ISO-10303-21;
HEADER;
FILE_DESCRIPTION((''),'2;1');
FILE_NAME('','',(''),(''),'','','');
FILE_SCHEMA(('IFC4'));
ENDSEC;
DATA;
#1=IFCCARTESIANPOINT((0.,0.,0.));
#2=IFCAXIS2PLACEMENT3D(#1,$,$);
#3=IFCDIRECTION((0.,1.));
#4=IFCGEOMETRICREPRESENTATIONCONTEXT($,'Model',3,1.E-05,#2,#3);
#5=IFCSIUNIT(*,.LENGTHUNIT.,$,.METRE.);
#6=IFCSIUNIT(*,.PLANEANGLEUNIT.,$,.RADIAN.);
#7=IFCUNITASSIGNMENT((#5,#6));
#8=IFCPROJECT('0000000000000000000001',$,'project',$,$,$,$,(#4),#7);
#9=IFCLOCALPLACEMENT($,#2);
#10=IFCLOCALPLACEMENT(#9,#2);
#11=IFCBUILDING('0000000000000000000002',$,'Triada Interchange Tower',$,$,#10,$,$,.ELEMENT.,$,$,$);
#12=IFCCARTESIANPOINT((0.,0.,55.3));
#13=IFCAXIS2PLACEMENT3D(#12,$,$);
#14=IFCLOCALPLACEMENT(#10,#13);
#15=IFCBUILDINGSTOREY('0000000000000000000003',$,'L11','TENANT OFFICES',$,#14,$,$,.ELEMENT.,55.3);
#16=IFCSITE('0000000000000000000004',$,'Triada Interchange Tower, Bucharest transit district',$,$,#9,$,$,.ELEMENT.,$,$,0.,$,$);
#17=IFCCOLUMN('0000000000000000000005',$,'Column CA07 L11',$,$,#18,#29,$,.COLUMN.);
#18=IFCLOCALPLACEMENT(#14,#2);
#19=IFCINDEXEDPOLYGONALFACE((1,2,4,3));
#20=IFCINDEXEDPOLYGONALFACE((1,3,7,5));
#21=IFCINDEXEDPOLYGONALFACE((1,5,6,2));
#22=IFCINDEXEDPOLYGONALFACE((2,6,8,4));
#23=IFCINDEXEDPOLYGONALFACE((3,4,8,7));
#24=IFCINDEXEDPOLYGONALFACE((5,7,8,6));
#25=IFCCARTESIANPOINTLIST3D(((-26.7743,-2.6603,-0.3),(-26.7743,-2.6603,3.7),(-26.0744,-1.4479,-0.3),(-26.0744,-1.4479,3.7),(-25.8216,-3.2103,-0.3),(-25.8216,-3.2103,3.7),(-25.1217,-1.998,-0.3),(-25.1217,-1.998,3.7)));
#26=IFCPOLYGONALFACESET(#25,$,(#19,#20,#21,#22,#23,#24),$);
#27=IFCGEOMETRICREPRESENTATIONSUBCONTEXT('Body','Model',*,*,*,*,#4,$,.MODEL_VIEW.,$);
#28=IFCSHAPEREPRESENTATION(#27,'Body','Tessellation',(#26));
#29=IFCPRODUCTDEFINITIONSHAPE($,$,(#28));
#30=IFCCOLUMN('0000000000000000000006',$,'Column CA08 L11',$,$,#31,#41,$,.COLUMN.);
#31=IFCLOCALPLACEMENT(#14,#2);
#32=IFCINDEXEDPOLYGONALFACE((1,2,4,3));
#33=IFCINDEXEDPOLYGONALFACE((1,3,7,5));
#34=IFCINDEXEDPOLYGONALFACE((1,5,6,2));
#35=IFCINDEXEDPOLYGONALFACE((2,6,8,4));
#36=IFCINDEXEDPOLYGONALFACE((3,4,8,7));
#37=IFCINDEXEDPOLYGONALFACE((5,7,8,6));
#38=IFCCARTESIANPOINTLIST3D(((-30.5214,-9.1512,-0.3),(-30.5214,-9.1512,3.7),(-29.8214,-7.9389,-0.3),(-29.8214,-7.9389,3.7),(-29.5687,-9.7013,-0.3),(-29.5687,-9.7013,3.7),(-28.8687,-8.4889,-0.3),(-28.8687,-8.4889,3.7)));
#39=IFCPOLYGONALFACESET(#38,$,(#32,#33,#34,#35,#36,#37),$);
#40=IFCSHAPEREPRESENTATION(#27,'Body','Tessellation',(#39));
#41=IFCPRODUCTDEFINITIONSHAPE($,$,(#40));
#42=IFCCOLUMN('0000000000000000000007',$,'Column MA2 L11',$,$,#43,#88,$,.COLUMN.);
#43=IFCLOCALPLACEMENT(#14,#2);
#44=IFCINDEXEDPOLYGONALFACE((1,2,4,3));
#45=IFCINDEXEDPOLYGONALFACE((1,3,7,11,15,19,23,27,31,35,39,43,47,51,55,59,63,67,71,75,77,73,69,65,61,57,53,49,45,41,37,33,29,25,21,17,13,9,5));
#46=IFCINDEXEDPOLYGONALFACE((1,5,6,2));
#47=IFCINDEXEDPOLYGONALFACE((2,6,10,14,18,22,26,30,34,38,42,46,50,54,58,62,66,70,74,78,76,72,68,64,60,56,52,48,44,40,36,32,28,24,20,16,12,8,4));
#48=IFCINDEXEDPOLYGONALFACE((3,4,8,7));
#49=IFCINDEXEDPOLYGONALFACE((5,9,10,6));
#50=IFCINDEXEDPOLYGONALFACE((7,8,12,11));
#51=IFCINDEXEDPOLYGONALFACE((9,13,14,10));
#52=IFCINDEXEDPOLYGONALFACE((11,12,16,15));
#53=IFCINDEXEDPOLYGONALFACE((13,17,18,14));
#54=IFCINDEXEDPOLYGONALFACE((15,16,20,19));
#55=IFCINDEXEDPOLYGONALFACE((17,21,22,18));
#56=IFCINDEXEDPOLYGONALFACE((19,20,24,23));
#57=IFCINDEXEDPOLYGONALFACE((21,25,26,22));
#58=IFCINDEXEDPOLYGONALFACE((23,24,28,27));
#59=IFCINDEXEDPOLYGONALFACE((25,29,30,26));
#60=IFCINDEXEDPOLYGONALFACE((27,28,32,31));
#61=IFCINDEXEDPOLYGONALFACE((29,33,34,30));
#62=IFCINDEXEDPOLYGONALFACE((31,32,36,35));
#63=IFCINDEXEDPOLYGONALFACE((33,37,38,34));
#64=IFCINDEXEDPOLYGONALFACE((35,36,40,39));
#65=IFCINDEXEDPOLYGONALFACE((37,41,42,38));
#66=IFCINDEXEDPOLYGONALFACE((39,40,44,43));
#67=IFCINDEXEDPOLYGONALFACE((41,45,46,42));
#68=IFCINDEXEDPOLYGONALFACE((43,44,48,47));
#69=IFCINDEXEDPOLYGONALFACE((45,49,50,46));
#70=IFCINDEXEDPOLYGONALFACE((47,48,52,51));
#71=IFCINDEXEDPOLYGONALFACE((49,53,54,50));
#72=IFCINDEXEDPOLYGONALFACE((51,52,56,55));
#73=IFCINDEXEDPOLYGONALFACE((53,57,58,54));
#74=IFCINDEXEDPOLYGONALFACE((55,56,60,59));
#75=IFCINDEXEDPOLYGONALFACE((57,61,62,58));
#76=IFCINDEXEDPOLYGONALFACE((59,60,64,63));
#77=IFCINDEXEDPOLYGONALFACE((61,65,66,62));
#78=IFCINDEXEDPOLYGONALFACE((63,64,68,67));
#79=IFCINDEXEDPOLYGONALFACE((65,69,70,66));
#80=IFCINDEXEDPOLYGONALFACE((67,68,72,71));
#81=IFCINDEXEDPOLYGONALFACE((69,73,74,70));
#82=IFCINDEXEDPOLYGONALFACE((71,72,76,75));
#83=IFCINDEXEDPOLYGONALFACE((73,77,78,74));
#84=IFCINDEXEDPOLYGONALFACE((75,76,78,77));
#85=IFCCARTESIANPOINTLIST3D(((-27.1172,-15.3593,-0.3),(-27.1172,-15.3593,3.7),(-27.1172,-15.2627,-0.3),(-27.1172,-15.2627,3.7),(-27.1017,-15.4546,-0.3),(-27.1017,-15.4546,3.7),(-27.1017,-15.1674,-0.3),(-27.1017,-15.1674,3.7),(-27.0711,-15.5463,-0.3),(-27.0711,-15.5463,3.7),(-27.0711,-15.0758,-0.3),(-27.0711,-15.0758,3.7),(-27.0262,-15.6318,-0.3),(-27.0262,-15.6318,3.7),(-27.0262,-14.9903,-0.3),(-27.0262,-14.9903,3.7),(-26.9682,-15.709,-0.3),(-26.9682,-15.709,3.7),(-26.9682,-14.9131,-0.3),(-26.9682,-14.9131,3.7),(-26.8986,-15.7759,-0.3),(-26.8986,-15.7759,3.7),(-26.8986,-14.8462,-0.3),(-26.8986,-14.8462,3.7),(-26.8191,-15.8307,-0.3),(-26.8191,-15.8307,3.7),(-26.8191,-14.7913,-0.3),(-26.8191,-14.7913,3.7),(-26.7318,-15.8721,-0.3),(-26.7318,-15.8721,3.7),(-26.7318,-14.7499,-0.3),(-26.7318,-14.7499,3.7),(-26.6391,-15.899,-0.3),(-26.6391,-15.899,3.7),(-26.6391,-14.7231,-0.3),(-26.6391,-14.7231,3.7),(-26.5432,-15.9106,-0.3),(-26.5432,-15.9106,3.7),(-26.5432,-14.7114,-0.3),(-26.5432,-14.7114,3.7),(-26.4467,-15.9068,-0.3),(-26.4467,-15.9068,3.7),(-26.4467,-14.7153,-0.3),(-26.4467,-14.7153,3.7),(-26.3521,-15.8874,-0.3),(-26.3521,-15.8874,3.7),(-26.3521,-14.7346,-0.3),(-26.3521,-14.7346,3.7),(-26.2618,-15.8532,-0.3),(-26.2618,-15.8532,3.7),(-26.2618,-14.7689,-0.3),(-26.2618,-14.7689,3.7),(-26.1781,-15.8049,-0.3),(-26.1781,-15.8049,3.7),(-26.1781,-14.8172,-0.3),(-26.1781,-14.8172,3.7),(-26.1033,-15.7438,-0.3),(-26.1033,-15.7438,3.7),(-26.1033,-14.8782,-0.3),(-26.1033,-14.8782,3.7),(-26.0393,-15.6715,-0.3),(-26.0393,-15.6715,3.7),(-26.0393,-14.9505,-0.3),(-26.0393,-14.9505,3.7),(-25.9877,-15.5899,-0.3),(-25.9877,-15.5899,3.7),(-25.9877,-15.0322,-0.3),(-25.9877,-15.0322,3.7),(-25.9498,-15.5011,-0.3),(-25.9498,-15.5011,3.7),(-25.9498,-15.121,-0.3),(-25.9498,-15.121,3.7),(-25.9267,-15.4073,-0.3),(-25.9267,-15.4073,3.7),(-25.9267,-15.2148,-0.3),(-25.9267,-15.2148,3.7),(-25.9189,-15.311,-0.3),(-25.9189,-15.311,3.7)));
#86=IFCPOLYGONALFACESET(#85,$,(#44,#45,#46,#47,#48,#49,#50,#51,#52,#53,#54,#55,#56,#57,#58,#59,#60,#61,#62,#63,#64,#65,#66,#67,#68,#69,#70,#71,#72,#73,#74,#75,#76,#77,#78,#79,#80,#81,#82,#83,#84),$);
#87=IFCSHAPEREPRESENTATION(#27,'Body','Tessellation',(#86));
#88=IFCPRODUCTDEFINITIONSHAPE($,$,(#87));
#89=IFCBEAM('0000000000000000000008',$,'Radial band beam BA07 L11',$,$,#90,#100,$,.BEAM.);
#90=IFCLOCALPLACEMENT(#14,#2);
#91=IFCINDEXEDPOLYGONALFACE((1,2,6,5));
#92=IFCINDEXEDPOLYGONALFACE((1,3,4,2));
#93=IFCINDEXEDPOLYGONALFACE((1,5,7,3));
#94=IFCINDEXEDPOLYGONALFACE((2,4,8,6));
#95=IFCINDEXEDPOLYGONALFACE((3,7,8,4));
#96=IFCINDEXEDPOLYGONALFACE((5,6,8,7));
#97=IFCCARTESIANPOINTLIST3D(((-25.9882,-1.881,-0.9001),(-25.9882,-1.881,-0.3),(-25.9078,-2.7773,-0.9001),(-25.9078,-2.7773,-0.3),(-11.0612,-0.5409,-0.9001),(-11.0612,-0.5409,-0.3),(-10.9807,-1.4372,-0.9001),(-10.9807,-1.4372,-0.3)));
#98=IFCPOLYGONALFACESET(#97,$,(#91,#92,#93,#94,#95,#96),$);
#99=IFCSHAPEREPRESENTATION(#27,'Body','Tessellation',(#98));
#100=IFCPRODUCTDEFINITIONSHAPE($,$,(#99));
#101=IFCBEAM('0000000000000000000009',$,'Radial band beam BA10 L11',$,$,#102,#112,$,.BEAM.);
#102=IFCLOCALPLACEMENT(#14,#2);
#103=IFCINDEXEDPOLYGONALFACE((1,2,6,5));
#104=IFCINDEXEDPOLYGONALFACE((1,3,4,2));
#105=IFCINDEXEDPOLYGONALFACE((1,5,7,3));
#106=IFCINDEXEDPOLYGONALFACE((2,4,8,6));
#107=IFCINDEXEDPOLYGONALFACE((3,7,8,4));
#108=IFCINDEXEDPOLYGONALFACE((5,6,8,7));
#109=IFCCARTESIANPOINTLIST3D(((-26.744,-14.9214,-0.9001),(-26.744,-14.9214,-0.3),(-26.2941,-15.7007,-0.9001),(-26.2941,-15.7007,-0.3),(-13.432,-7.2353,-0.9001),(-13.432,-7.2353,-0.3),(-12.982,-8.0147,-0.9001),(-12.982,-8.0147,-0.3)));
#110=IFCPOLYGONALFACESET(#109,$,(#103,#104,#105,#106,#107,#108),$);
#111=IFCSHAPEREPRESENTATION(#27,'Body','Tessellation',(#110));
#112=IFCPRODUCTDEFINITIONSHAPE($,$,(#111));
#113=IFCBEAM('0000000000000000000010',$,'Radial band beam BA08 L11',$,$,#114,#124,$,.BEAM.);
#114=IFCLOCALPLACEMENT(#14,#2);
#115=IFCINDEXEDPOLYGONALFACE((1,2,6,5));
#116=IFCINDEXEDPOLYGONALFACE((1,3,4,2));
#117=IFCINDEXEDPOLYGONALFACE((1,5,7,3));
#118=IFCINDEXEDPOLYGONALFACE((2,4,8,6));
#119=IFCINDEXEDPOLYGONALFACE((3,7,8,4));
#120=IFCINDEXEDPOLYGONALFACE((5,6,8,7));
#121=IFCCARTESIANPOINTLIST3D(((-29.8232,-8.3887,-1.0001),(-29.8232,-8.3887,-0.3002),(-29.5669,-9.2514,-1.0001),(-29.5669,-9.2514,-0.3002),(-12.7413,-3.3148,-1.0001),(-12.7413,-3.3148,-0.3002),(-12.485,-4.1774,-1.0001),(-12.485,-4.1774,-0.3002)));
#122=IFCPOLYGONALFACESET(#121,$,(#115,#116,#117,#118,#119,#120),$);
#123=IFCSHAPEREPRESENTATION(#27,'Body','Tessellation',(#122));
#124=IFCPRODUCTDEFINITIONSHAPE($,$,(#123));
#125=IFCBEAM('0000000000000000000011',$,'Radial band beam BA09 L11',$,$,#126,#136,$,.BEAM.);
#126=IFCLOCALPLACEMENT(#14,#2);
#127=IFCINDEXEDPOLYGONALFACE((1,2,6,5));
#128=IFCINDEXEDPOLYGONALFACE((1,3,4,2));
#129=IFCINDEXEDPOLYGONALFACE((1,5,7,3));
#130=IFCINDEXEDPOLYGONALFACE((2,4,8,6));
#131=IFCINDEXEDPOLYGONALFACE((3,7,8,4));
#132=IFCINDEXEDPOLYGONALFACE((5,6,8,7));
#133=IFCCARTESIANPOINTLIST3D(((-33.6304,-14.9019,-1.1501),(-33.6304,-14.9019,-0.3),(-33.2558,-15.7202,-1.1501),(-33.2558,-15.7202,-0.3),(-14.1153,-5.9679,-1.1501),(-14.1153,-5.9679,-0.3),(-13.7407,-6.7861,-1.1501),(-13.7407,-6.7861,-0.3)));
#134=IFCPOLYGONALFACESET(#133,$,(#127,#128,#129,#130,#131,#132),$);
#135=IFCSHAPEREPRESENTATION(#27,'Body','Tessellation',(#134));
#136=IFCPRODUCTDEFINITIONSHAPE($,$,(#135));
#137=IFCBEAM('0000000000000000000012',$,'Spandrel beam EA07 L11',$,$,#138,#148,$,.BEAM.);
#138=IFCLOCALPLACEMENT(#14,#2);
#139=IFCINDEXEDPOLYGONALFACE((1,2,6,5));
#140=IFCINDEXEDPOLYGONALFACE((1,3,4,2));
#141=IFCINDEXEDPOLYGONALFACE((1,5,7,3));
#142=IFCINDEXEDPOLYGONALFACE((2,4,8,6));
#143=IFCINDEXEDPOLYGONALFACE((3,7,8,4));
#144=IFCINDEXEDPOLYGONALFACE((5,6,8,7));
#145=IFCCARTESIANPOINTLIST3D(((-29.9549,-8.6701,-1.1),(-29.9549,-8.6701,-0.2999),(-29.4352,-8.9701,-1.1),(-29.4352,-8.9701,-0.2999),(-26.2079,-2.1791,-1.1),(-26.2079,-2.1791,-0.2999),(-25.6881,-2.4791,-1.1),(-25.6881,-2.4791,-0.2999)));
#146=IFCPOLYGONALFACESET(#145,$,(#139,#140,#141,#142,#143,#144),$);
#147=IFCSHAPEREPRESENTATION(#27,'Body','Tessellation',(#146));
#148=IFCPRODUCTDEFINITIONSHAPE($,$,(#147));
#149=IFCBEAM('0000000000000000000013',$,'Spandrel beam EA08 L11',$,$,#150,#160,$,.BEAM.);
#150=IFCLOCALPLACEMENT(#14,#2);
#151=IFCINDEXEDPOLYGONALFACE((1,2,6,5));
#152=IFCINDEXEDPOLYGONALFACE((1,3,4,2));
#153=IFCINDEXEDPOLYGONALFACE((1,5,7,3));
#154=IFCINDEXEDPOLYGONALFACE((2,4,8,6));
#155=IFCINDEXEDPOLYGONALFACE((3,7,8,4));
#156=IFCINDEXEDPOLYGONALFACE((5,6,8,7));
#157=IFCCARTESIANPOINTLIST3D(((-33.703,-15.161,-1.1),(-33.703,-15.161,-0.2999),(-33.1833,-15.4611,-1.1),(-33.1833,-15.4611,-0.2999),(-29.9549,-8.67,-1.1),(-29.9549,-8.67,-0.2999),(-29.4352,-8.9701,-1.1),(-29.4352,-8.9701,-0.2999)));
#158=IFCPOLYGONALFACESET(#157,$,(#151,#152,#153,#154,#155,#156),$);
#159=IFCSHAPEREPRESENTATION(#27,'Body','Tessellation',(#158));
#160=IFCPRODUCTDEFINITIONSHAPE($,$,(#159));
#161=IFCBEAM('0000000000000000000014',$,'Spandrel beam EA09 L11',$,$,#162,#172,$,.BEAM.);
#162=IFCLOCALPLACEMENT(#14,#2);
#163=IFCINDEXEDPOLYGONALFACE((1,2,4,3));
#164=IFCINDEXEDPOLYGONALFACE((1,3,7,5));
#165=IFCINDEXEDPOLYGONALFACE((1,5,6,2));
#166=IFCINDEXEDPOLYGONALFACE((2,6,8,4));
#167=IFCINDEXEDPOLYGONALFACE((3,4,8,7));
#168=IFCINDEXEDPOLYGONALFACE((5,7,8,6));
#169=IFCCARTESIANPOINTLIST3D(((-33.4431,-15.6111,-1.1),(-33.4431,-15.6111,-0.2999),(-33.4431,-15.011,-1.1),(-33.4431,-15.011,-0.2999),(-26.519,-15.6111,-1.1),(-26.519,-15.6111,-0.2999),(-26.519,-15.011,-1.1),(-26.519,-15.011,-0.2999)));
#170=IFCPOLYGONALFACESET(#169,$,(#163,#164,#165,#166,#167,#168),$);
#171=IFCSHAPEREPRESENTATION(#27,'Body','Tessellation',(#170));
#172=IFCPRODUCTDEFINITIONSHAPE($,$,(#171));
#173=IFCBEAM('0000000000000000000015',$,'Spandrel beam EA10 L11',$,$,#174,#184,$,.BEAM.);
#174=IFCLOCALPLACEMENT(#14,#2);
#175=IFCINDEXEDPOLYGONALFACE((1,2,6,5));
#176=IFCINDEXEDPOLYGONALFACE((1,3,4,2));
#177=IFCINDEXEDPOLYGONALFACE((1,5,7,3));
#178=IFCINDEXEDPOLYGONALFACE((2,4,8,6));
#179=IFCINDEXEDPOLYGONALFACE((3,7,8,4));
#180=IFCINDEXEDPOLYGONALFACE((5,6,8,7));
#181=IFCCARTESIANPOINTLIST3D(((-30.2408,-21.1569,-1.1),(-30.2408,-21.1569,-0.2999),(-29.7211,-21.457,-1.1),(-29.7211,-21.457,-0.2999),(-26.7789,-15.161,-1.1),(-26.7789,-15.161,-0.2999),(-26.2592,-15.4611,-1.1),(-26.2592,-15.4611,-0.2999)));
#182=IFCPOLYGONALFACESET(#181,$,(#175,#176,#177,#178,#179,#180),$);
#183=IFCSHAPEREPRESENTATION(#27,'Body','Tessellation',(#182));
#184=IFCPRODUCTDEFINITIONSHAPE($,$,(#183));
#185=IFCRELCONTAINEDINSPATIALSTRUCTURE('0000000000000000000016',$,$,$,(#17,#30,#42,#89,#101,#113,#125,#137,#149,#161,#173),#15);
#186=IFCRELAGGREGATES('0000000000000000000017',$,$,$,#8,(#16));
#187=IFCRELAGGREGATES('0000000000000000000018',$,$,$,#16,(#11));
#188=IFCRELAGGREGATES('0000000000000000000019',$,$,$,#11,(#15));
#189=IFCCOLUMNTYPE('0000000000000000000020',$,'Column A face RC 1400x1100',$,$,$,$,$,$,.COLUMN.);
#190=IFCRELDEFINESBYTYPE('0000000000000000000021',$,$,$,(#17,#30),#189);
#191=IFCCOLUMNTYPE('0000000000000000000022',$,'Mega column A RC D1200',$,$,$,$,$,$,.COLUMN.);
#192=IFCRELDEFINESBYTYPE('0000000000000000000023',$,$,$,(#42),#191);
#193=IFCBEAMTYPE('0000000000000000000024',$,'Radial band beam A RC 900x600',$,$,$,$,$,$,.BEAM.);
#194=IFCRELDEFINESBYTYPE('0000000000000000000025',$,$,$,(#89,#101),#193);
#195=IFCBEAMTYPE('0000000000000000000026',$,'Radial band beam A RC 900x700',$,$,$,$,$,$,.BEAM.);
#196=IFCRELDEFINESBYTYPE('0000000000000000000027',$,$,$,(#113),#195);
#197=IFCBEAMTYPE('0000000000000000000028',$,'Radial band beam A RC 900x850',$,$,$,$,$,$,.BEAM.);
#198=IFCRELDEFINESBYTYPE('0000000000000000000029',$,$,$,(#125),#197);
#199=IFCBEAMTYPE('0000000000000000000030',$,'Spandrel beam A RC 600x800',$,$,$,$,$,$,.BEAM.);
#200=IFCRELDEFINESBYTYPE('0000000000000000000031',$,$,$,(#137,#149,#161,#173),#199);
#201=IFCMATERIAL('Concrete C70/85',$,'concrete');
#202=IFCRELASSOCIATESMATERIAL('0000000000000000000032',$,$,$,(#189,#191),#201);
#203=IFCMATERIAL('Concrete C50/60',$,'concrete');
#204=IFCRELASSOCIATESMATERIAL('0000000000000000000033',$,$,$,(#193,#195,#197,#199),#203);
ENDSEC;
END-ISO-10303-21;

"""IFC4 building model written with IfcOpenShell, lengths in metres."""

from ifc_helpers import new_model, si_unit, direction, frame, origin, origin_2d, place, context, subcontext, project, spatial, rectangle, circle, extrude, material, material_profile, profile_set, type_object, element, save


model = new_model("IFC4")

# Units and contexts
model_context = context("Model", 3, precision=1e-05, world=origin(), true_north=direction((0.0, 1.0)))
body_context = subcontext(model_context, "Body", "Model", "MODEL_VIEW")
ifc_project = project(units=[si_unit("LENGTHUNIT", "METRE"), si_unit("PLANEANGLEUNIT", "RADIAN")], contexts=[model_context])

# Site, building, storey
site_placement = place(None, origin())
site = spatial("IfcSite", under=ifc_project, at=site_placement, Name="Triada Interchange Tower, Bucharest transit district", CompositionType="ELEMENT", RefElevation=0.0)
building_placement = place(site_placement, origin())
building = spatial("IfcBuilding", under=site, at=building_placement, Name="Triada Interchange Tower", CompositionType="ELEMENT")
storey_placement = place(building_placement, frame((0.0, 0.0, 55.3)))
storey = spatial("IfcBuildingStorey", under=building, at=storey_placement, Name="L11", Description="TENANT OFFICES", CompositionType="ELEMENT", Elevation=55.3)

# Columns
ifc_material_1 = material(Name="Concrete C70/85", Category="concrete")
ifc_material_profile_1 = material_profile(ifc_material_1, rectangle(XDim=1.3999, YDim=1.1001, at=origin_2d()), Name="RC 1400x1100")
ifc_profile_set_1 = profile_set([ifc_material_profile_1], Name="Concrete C70/85")
column_type_1 = type_object("IfcColumnType", Name="Column A face RC 1400x1100", PredefinedType="COLUMN", material=ifc_profile_set_1)
for number, where, z_axis, x_axis, name in (
    (1, (-25.948, -2.3291, -0.3), (0.0, 0.0, 1.0), (0.5, 0.866025, 0.0), "Column CA07 L11"),
    (2, (-29.6951, -8.8201, -0.3), (0.0, 0.0, 1.0), (0.5, 0.866025, 0.0), "Column CA08 L11"),
):
    element("IfcColumn", number, at=place(storey_placement, frame(where, z_axis=z_axis, x_axis=x_axis)), inside=storey, type_object=column_type_1, Name=name, PredefinedType="COLUMN", context=body_context, shape_type="SweptSolid", body=[
        extrude(rectangle(XDim=1.3999, YDim=1.1001, at=origin_2d()), origin(), (0.0, 0.0, 1.0), 4.0),
    ])
ifc_material_profile_2 = material_profile(ifc_material_1, circle(Radius=0.6001, at=origin_2d()), Name="RC D1200")
ifc_profile_set_2 = profile_set([ifc_material_profile_2], Name="Concrete C70/85")
column_type_2 = type_object("IfcColumnType", Name="Mega column A RC D1200", PredefinedType="COLUMN", material=ifc_profile_set_2)
column_placement = place(storey_placement, frame((-26.519, -15.311, -0.3), z_axis=(0.0, 0.0, 1.0), x_axis=(1.0, 0.0, 0.0)))
element("IfcColumn", 3, at=column_placement, inside=storey, type_object=column_type_2, Name="Column MA2 L11", PredefinedType="COLUMN", context=body_context, shape_type="SweptSolid", body=[
    extrude(circle(Radius=0.6001, at=origin_2d()), origin(), (0.0, 0.0, 1.0), 4.0),
])

# Beams
ifc_material_2 = material(Name="Concrete C50/60", Category="concrete")
ifc_material_profile_3 = material_profile(ifc_material_2, rectangle(XDim=0.8999, YDim=0.6001, at=origin_2d()), Name="RC 900x600")
ifc_profile_set_3 = profile_set([ifc_material_profile_3], Name="Concrete C50/60")
beam_type_1 = type_object("IfcBeamType", Name="Radial band beam A RC 900x600", PredefinedType="BEAM", material=ifc_profile_set_3)
beam_1_placement = place(storey_placement, frame((-25.948, -2.3291, -0.6001), z_axis=(0.995994, 0.089416, 0.0), x_axis=(-0.089416, 0.995994, 0.0)))
element("IfcBeam", 4, at=beam_1_placement, inside=storey, type_object=beam_type_1, Name="Radial band beam BA07 L11", PredefinedType="BEAM", context=body_context, shape_type="SweptSolid", body=[
    extrude(rectangle(XDim=0.8999, YDim=0.6001, at=origin_2d()), origin(), (0.0, 0.0, 1.0), 14.9871),
])
beam_2_placement = place(storey_placement, frame((-26.519, -15.311, -0.6001), z_axis=(0.866016, 0.500017, 0.0), x_axis=(-0.500017, 0.866016, 0.0)))
element("IfcBeam", 5, at=beam_2_placement, inside=storey, type_object=beam_type_1, Name="Radial band beam BA10 L11", PredefinedType="BEAM", context=body_context, shape_type="SweptSolid", body=[
    extrude(rectangle(XDim=0.8999, YDim=0.6001, at=origin_2d()), origin(), (0.0, 0.0, 1.0), 15.3716),
])
ifc_material_profile_4 = material_profile(ifc_material_2, rectangle(XDim=0.8999, YDim=0.7, at=origin_2d()), Name="RC 900x700")
ifc_profile_set_4 = profile_set([ifc_material_profile_4], Name="Concrete C50/60")
beam_type_2 = type_object("IfcBeamType", Name="Radial band beam A RC 900x700", PredefinedType="BEAM", material=ifc_profile_set_4)
beam_3_placement = place(storey_placement, frame((-29.6951, -8.8201, -0.6501), z_axis=(0.958605, 0.28474, 0.0), x_axis=(-0.28474, 0.958605, 0.0)))
element("IfcBeam", 6, at=beam_3_placement, inside=storey, type_object=beam_type_2, Name="Radial band beam BA08 L11", PredefinedType="BEAM", context=body_context, shape_type="SweptSolid", body=[
    extrude(rectangle(XDim=0.8999, YDim=0.7, at=origin_2d()), origin(), (0.0, 0.0, 1.0), 17.8196),
])
ifc_material_profile_5 = material_profile(ifc_material_2, rectangle(XDim=0.8999, YDim=0.8501, at=origin_2d()), Name="RC 900x850")
ifc_profile_set_5 = profile_set([ifc_material_profile_5], Name="Concrete C50/60")
beam_type_3 = type_object("IfcBeamType", Name="Radial band beam A RC 900x850", PredefinedType="BEAM", material=ifc_profile_set_5)
beam_4_placement = place(storey_placement, frame((-33.4431, -15.311, -0.7251), z_axis=(0.909247, 0.416256, 0.0), x_axis=(-0.416256, 0.909247, 0.0)))
element("IfcBeam", 7, at=beam_4_placement, inside=storey, type_object=beam_type_3, Name="Radial band beam BA09 L11", PredefinedType="BEAM", context=body_context, shape_type="SweptSolid", body=[
    extrude(rectangle(XDim=0.8999, YDim=0.8501, at=origin_2d()), origin(), (0.0, 0.0, 1.0), 21.4629),
])
ifc_material_profile_6 = material_profile(ifc_material_2, rectangle(XDim=0.6001, YDim=0.8, at=origin_2d()), Name="RC 600x800")
ifc_profile_set_6 = profile_set([ifc_material_profile_6], Name="Concrete C50/60")
beam_type_4 = type_object("IfcBeamType", Name="Spandrel beam A RC 600x800", PredefinedType="BEAM", material=ifc_profile_set_6)
beam_5_placement = place(storey_placement, frame((-25.948, -2.3291, -0.7), z_axis=(-0.499951, -0.866054, 0.0), x_axis=(0.866054, -0.499951, 0.0)))
element("IfcBeam", 8, at=beam_5_placement, inside=storey, type_object=beam_type_4, Name="Spandrel beam EA07 L11", PredefinedType="BEAM", context=body_context, shape_type="SweptSolid", body=[
    extrude(rectangle(XDim=0.6001, YDim=0.8, at=origin_2d()), origin(), (0.0, 0.0, 1.0), 7.4949),
])
beam_6_placement = place(storey_placement, frame((-29.6951, -8.8201, -0.7), z_axis=(-0.500049, -0.865997, 0.0), x_axis=(0.865997, -0.500049, 0.0)))
element("IfcBeam", 9, at=beam_6_placement, inside=storey, type_object=beam_type_4, Name="Spandrel beam EA08 L11", PredefinedType="BEAM", context=body_context, shape_type="SweptSolid", body=[
    extrude(rectangle(XDim=0.6001, YDim=0.8, at=origin_2d()), origin(), (0.0, 0.0, 1.0), 7.4954),
])
beam_7_placement = place(storey_placement, frame((-33.4431, -15.311, -0.7), z_axis=(1.0, 0.0, 0.0), x_axis=(0.0, 1.0, 0.0)))
element("IfcBeam", 10, at=beam_7_placement, inside=storey, type_object=beam_type_4, Name="Spandrel beam EA09 L11", PredefinedType="BEAM", context=body_context, shape_type="SweptSolid", body=[
    extrude(rectangle(XDim=0.6001, YDim=0.8, at=origin_2d()), origin(), (0.0, 0.0, 1.0), 6.9241),
])
beam_8_placement = place(storey_placement, frame((-26.519, -15.311, -0.7), z_axis=(-0.500023, -0.866012, 0.0), x_axis=(0.866012, -0.500023, 0.0)))
element("IfcBeam", 11, at=beam_8_placement, inside=storey, type_object=beam_type_4, Name="Spandrel beam EA10 L11", PredefinedType="BEAM", context=body_context, shape_type="SweptSolid", body=[
    extrude(rectangle(XDim=0.6001, YDim=0.8, at=origin_2d()), origin(), (0.0, 0.0, 1.0), 6.9236),
])

save(model, "model.ifc")
